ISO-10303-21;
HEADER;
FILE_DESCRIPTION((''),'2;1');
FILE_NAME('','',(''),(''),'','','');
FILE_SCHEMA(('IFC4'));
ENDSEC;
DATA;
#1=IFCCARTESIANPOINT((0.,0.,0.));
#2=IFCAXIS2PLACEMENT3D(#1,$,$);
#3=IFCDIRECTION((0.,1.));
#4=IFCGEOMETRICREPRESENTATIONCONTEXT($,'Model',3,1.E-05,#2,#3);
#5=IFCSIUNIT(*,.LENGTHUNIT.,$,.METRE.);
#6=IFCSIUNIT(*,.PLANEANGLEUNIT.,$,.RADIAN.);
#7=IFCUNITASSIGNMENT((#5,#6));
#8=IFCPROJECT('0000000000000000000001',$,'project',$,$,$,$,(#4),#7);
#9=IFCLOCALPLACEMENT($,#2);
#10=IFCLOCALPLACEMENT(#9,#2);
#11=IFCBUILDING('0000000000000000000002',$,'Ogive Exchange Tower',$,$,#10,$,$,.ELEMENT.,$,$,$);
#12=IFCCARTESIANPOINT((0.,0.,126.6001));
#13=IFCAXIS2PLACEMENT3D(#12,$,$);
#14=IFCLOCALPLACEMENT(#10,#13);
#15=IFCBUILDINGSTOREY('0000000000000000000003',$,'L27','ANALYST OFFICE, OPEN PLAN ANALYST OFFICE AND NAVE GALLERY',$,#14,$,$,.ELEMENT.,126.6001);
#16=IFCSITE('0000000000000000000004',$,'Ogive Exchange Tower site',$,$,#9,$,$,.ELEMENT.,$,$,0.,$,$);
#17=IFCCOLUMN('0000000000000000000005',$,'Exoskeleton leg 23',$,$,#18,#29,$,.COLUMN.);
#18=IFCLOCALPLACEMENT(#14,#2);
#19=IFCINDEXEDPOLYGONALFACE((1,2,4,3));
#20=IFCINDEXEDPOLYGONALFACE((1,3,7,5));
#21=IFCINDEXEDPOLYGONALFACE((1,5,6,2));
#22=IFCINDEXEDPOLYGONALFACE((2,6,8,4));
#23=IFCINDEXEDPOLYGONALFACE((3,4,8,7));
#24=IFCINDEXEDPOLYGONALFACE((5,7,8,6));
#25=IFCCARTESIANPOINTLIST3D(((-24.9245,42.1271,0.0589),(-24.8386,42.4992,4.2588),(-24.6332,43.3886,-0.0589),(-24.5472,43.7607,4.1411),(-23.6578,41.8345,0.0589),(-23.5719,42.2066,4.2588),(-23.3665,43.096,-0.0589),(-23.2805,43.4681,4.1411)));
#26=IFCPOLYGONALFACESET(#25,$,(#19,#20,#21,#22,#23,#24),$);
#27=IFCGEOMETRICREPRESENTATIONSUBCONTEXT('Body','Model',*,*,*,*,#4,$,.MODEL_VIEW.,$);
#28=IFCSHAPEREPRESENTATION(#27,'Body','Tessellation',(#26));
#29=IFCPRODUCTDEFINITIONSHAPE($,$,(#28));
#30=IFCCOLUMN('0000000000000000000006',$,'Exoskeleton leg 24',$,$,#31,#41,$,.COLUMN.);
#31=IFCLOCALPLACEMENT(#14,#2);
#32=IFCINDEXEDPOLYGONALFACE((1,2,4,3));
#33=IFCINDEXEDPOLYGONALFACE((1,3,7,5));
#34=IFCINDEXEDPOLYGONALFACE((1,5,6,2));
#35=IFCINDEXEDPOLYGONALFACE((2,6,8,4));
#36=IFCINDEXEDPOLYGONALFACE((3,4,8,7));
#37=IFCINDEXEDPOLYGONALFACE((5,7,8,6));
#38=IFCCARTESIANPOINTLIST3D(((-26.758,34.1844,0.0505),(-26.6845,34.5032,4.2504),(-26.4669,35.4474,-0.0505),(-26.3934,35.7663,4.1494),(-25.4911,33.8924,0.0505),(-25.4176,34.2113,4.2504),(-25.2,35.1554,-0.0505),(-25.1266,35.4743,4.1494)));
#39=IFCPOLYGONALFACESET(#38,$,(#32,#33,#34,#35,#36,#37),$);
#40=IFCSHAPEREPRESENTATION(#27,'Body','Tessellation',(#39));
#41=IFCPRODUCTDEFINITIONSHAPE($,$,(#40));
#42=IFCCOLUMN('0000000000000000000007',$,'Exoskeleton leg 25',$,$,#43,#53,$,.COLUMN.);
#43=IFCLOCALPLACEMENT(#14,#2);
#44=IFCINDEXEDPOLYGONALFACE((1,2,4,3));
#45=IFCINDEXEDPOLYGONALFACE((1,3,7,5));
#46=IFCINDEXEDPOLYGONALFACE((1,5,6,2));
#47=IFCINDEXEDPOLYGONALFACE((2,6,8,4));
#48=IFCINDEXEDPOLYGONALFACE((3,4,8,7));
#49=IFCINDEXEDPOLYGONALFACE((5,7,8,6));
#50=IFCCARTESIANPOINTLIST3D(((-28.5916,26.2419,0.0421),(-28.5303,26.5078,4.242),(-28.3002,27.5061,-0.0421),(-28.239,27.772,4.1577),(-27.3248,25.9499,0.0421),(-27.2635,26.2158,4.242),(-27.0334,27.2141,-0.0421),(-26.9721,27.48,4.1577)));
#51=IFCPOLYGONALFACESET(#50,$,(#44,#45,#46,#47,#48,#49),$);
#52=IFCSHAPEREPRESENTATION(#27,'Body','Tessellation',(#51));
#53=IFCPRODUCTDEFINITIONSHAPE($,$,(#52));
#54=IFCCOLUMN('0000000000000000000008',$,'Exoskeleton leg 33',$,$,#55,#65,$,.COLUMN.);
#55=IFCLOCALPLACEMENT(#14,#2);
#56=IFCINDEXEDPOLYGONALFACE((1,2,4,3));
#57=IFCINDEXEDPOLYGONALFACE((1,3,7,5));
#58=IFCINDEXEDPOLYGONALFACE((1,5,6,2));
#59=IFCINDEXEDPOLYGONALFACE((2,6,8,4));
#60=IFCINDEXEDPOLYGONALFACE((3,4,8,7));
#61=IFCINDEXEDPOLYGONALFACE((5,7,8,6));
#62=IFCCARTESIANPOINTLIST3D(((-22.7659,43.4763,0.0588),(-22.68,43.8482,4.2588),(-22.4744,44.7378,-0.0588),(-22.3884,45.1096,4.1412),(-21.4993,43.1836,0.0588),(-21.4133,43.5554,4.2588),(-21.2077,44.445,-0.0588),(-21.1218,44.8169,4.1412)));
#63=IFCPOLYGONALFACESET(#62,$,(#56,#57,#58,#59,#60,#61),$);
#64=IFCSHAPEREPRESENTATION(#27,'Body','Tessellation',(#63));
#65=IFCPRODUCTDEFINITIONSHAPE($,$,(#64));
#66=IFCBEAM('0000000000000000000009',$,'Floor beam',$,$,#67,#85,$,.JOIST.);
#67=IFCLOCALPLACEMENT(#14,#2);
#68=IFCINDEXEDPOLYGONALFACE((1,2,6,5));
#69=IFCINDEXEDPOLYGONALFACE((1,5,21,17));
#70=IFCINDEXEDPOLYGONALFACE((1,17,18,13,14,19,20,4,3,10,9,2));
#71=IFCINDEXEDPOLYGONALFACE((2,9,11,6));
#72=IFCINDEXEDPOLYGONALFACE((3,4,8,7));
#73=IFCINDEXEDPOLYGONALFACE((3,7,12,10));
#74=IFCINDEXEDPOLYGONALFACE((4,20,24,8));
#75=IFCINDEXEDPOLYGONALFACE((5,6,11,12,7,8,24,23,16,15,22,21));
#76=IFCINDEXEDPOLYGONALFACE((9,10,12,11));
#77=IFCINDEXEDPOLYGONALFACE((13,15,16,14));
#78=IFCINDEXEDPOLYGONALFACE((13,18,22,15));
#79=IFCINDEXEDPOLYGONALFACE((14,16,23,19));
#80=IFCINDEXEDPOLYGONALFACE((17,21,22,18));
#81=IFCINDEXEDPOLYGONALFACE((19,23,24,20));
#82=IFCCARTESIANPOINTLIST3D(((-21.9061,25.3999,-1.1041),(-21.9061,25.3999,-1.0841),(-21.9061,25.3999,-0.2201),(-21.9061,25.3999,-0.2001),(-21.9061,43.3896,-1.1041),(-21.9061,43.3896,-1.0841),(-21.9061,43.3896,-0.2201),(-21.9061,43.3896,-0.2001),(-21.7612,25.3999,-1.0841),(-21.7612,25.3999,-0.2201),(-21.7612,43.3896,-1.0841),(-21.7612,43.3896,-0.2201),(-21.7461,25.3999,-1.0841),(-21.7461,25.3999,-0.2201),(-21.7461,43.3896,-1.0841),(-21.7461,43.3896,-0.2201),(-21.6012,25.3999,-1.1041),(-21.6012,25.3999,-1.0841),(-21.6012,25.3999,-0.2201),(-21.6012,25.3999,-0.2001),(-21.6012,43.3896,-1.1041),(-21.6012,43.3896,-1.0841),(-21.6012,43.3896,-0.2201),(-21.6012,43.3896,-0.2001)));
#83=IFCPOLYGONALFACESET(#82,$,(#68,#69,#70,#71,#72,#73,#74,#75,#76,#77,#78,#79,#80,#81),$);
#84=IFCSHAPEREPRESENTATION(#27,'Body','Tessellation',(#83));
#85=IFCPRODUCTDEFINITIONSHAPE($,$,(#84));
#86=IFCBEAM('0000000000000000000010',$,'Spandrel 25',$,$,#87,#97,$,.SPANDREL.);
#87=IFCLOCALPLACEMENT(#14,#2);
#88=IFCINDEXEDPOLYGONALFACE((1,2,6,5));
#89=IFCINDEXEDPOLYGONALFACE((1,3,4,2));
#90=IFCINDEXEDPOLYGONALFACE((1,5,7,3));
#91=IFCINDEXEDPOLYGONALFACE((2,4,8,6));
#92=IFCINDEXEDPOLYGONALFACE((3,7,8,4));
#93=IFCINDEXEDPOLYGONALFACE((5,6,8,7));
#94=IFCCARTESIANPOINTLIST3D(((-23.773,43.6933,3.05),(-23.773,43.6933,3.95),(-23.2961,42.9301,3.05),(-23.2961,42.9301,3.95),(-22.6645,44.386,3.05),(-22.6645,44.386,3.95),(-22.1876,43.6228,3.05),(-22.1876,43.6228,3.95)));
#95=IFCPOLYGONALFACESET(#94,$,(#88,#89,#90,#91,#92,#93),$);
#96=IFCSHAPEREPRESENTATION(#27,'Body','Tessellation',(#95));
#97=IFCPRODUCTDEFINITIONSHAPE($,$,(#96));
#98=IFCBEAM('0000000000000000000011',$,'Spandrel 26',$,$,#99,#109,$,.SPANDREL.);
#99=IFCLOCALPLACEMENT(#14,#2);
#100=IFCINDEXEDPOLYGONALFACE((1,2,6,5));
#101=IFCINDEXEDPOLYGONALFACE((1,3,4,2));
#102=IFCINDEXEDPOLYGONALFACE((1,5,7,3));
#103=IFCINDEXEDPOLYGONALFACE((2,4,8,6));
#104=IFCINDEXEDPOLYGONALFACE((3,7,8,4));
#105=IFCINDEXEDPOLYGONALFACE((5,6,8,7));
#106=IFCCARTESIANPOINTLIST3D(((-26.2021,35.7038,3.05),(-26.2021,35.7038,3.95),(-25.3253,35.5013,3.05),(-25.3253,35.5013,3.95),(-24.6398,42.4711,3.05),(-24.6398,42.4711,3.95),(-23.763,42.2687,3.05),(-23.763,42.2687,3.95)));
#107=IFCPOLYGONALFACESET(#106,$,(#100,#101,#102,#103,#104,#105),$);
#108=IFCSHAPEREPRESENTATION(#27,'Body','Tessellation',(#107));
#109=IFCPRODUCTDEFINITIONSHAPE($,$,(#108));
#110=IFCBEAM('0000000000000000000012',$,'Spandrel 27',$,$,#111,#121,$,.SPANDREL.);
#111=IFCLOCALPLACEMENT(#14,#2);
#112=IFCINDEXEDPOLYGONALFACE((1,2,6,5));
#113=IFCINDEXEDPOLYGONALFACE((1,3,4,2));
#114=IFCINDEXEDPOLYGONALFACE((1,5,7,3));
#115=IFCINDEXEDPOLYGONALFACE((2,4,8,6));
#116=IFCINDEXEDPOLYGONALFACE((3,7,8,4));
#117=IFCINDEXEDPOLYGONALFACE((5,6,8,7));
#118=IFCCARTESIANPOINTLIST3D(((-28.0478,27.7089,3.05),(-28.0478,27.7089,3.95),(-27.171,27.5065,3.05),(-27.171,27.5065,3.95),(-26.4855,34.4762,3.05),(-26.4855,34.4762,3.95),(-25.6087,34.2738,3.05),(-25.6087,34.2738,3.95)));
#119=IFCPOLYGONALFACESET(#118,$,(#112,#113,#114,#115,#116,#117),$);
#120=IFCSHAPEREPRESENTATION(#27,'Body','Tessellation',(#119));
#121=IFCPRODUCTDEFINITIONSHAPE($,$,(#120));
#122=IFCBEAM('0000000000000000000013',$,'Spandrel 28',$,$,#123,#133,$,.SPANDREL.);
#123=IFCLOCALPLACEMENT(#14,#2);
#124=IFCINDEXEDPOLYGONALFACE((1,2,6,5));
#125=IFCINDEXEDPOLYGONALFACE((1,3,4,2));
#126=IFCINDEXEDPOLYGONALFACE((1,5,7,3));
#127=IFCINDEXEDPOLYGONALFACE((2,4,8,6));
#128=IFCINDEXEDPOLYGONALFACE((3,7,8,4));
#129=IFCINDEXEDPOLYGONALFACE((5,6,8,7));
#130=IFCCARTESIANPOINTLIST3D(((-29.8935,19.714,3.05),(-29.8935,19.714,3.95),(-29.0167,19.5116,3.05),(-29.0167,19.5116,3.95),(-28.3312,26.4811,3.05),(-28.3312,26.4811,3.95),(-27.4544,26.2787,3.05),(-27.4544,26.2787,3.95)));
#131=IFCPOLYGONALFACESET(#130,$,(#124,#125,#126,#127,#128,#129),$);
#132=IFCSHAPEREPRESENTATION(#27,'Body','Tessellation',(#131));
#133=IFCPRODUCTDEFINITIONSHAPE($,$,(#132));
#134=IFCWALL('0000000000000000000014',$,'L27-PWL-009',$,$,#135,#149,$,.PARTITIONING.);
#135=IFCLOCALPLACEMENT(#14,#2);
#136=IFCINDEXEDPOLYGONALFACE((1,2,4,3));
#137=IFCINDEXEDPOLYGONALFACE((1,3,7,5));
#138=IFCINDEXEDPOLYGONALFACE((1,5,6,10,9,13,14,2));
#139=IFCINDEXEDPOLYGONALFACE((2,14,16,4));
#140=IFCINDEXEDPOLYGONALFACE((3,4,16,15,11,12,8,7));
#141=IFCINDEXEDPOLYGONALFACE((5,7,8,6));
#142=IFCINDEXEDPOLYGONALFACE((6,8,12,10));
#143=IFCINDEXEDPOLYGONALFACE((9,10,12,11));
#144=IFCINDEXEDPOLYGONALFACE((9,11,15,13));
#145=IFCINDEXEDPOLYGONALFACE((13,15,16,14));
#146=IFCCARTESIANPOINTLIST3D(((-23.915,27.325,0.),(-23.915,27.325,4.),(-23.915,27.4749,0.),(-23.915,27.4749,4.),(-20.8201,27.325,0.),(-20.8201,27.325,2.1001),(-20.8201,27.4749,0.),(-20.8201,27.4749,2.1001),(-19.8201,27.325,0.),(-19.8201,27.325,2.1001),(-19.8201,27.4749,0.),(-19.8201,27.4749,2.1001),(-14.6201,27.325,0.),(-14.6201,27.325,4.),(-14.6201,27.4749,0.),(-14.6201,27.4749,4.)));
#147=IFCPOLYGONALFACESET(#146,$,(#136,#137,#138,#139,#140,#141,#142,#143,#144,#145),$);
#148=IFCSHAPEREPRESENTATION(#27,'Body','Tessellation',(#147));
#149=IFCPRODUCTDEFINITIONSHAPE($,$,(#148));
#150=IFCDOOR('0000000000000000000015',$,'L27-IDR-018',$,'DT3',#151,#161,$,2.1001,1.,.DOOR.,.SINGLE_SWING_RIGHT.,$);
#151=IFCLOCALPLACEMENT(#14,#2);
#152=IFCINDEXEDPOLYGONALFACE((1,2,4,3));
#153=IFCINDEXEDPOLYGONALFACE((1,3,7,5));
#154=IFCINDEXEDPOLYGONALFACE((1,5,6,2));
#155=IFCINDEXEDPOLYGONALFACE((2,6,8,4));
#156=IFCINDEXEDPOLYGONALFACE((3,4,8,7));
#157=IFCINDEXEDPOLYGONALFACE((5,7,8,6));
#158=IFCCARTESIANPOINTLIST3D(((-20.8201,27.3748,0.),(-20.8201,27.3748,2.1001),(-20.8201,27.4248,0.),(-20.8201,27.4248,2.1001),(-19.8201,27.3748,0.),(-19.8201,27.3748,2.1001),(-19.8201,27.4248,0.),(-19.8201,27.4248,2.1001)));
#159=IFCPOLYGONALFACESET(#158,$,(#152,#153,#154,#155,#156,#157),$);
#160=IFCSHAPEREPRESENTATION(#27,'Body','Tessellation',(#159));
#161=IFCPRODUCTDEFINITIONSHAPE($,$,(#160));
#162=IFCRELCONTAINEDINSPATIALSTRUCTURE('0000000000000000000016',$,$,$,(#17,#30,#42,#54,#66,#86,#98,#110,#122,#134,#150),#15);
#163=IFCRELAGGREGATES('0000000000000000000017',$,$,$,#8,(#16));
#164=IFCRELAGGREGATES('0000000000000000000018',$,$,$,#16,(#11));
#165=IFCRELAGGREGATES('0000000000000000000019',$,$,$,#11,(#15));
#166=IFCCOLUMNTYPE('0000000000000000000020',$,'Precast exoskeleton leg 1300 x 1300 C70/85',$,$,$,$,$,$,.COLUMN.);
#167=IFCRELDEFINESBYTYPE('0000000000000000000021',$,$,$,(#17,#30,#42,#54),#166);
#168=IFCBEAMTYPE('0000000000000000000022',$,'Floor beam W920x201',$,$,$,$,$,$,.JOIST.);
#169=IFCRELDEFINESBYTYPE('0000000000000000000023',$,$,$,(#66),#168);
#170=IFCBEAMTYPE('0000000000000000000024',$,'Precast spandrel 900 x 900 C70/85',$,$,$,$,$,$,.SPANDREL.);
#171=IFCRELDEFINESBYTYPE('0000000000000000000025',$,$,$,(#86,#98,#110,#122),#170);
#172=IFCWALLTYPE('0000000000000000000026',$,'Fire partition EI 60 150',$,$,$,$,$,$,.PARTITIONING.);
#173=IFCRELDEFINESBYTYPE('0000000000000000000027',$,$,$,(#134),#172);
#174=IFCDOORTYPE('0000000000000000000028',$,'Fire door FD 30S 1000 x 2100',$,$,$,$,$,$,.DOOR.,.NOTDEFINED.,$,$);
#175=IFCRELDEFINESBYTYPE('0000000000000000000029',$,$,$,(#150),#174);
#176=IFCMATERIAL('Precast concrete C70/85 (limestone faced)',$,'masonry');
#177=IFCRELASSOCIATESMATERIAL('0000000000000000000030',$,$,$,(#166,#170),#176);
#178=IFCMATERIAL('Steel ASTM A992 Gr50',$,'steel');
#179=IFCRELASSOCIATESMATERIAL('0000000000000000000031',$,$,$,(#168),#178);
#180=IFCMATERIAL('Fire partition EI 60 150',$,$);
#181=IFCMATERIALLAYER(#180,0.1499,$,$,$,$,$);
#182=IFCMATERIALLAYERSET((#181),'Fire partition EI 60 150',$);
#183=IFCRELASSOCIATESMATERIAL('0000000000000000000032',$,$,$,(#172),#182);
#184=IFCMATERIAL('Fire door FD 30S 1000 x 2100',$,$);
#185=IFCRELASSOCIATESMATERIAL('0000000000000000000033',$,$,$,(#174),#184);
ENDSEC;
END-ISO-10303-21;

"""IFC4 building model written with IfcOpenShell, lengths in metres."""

from ifc_helpers import new_model, si_unit, direction, frame, frame_2d, origin, origin_2d, place, context, subcontext, project, spatial, rectangle, i_section, extrude, material, layer, layer_set, material_profile, profile_set, type_object, element, fill, save


model = new_model("IFC4")

# Units and contexts
model_context = context("Model", 3, precision=1e-05, world=origin(), true_north=direction((0.0, 1.0)))
body_context = subcontext(model_context, "Body", "Model", "MODEL_VIEW")
ifc_project = project(units=[si_unit("LENGTHUNIT", "METRE"), si_unit("PLANEANGLEUNIT", "RADIAN")], contexts=[model_context])

# Site, building, storey
site_placement = place(None, origin())
site = spatial("IfcSite", under=ifc_project, at=site_placement, Name="Ogive Exchange Tower site", CompositionType="ELEMENT", RefElevation=0.0)
building_placement = place(site_placement, origin())
building = spatial("IfcBuilding", under=site, at=building_placement, Name="Ogive Exchange Tower", CompositionType="ELEMENT")
storey_placement = place(building_placement, frame((0.0, 0.0, 126.6001)))
storey = spatial("IfcBuildingStorey", under=building, at=storey_placement, Name="L27", Description="ANALYST OFFICE, OPEN PLAN ANALYST OFFICE AND NAVE GALLERY", CompositionType="ELEMENT", Elevation=126.6001)

# Columns
ifc_material_1 = material(Name="Precast concrete C70/85 (limestone faced)", Category="masonry")
ifc_material_profile_1 = material_profile(ifc_material_1, rectangle(XDim=1.3, YDim=1.3, at=origin_2d()), Name="1300 x 1300")
ifc_profile_set_1 = profile_set([ifc_material_profile_1], Name="Precast concrete C70/85 (limestone faced)")
column_type = type_object("IfcColumnType", Name="Precast exoskeleton leg 1300 x 1300 C70/85", PredefinedType="COLUMN", material=ifc_profile_set_1)
column_1_placement = place(storey_placement, frame((-24.1455, 42.6116, 0.0), z_axis=(0.020377, 0.088225, 0.995892), x_axis=(-0.974348, 0.225046, 0.0)))
element("IfcColumn", 1, at=column_1_placement, inside=storey, type_object=column_type, Name="Exoskeleton leg 23", PredefinedType="COLUMN", context=body_context, shape_type="SweptSolid", body=[
    extrude(rectangle(XDim=1.3, YDim=1.3, at=origin_2d()), origin(), (0.0, 0.0, 1.0), 4.2173),
])
column_2_placement = place(storey_placement, frame((-25.979, 34.6699, 0.0), z_axis=(0.017444, 0.075688, 0.996979), x_axis=(-0.974454, 0.224587, 0.0)))
element("IfcColumn", 2, at=column_2_placement, inside=storey, type_object=column_type, Name="Exoskeleton leg 24", PredefinedType="COLUMN", context=body_context, shape_type="SweptSolid", body=[
    extrude(rectangle(XDim=1.3, YDim=1.3, at=origin_2d()), origin(), (0.0, 0.0, 1.0), 4.2126),
])
column_3_placement = place(storey_placement, frame((-27.8125, 26.728, 0.0), z_axis=(0.01456, 0.06317, 0.997897), x_axis=(-0.974451, 0.224598, 0.0)))
element("IfcColumn", 3, at=column_3_placement, inside=storey, type_object=column_type, Name="Exoskeleton leg 25", PredefinedType="COLUMN", context=body_context, shape_type="SweptSolid", body=[
    extrude(rectangle(XDim=1.3, YDim=1.3, at=origin_2d()), origin(), (0.0, 0.0, 1.0), 4.2087),
])
column_4_placement = place(storey_placement, frame((-21.9868, 43.9607, 0.0), z_axis=(0.020378, 0.088168, 0.995897), x_axis=(-0.974316, 0.225187, 0.0)))
element("IfcColumn", 4, at=column_4_placement, inside=storey, type_object=column_type, Name="Exoskeleton leg 33", PredefinedType="COLUMN", context=body_context, shape_type="SweptSolid", body=[
    extrude(rectangle(XDim=1.3, YDim=1.3, at=origin_2d()), origin(), (0.0, 0.0, 1.0), 4.2173),
])

# Beams
ifc_material_2 = material(Name="Steel ASTM A992 Gr50", Category="steel")
ifc_material_profile_2 = material_profile(ifc_material_2, i_section(OverallWidth=0.3049, OverallDepth=0.9041, WebThickness=0.0151, FlangeThickness=0.02, at=origin_2d()), Name="W920x201")
ifc_profile_set_2 = profile_set([ifc_material_profile_2], Name="Steel ASTM A992 Gr50")
beam_type_1 = type_object("IfcBeamType", Name="Floor beam W920x201", PredefinedType="JOIST", material=ifc_profile_set_2)
beam_1_placement = place(storey_placement, frame((-21.7537, 25.3999, -0.6521), z_axis=(0.0, 1.0, 0.0), x_axis=(-1.0, 0.0, 0.0)))
element("IfcBeam", 5, at=beam_1_placement, inside=storey, type_object=beam_type_1, Name="Floor beam", PredefinedType="JOIST", context=body_context, shape_type="SweptSolid", body=[
    extrude(i_section(OverallWidth=0.3049, OverallDepth=0.9041, WebThickness=0.0151, FlangeThickness=0.02, at=origin_2d()), origin(), (0.0, 0.0, 1.0), 17.9897),
])
ifc_material_profile_3 = material_profile(ifc_material_1, rectangle(XDim=0.8999, YDim=0.8999, at=origin_2d()), Name="900 x 900")
ifc_profile_set_3 = profile_set([ifc_material_profile_3], Name="Precast concrete C70/85 (limestone faced)")
beam_type_2 = type_object("IfcBeamType", Name="Precast spandrel 900 x 900 C70/85", PredefinedType="SPANDREL", material=ifc_profile_set_3)
beam_2_placement = place(storey_placement, frame((-22.426, 44.0044, 3.5), z_axis=(-0.84804, -0.529932, 0.0), x_axis=(0.529932, -0.84804, 0.0)))
element("IfcBeam", 6, at=beam_2_placement, inside=storey, type_object=beam_type_2, Name="Spandrel 25", PredefinedType="SPANDREL", context=body_context, shape_type="SweptSolid", body=[
    extrude(rectangle(XDim=0.8999, YDim=0.8999, at=origin_2d()), origin(), (0.0, 0.0, 1.0), 1.3071),
])
for number, where, z_axis, x_axis, name in (
    (7, (-24.2014, 42.3699, 3.5), (-0.224937, -0.974373, 0.0), (0.974373, -0.224937, 0.0), "Spandrel 26"),
    (8, (-26.0471, 34.375, 3.5), (-0.224937, -0.974373, 0.0), (0.974373, -0.224937, 0.0), "Spandrel 27"),
):
    element("IfcBeam", number, at=place(storey_placement, frame(where, z_axis=z_axis, x_axis=x_axis)), inside=storey, type_object=beam_type_2, Name=name, PredefinedType="SPANDREL", context=body_context, shape_type="SweptSolid", body=[
        extrude(rectangle(XDim=0.8999, YDim=0.8999, at=origin_2d()), origin(), (0.0, 0.0, 1.0), 6.9453),
    ])
beam_3_placement = place(storey_placement, frame((-27.8928, 26.3799, 3.5), z_axis=(-0.224944, -0.974372, 0.0), x_axis=(0.974372, -0.224944, 0.0)))
element("IfcBeam", 9, at=beam_3_placement, inside=storey, type_object=beam_type_2, Name="Spandrel 28", PredefinedType="SPANDREL", context=body_context, shape_type="SweptSolid", body=[
    extrude(rectangle(XDim=0.8999, YDim=0.8999, at=origin_2d()), origin(), (0.0, 0.0, 1.0), 6.9451),
])

# Wall, opening, door
ifc_material_3 = material(Name="Fire partition EI 60 150")
ifc_layer_1 = layer(ifc_material_3, 0.1499)
ifc_layer_set_1 = layer_set([ifc_layer_1], Name="Fire partition EI 60 150")
wall_type_1 = type_object("IfcWallType", Name="Fire partition EI 60 150", PredefinedType="PARTITIONING", material=ifc_layer_set_1)
wall_1_placement = place(storey_placement, frame((-23.915, 27.3999, 0.0), z_axis=(0.0, 0.0, 1.0), x_axis=(1.0, 0.0, 0.0)))
wall_1 = element("IfcWall", 10, at=wall_1_placement, inside=storey, type_object=wall_type_1, Name="L27-PWL-009", PredefinedType="PARTITIONING", context=body_context, shape_type="SweptSolid", body=[
    extrude(rectangle(XDim=9.2949, YDim=0.1499, at=frame_2d((4.6475, 0.0))), origin(), (0.0, 0.0, 1.0), 4.0),
])
opening_1_placement = place(wall_1_placement, frame((3.095, 0.0, 0.0)))
opening_1 = element("IfcOpeningElement", 11, at=opening_1_placement, cuts=wall_1, PredefinedType="OPENING", context=body_context, shape_type="SweptSolid", body=[
    extrude(rectangle(XDim=1.0, YDim=2.1001, at=frame_2d((0.5, 1.05))), frame((0.0, 0.085, 0.0), z_axis=(0.0, -1.0, 0.0), x_axis=(1.0, 0.0, 0.0)), (0.0, 0.0, 1.0), 0.1699),
])
ifc_material_4 = material(Name="Fire door FD 30S 1000 x 2100")
door_type_1 = type_object("IfcDoorType", Name="Fire door FD 30S 1000 x 2100", OperationType="NOTDEFINED", PredefinedType="DOOR", material=ifc_material_4)
door_1_placement = place(opening_1_placement, origin())
door_1 = element("IfcDoor", 12, at=door_1_placement, inside=storey, type_object=door_type_1, Name="L27-IDR-018", ObjectType="DT3", OperationType="SINGLE_SWING_RIGHT", OverallHeight=2.1001, OverallWidth=1.0, PredefinedType="DOOR", context=body_context, shape_type="SweptSolid", body=[
    extrude(rectangle(XDim=1.0, YDim=2.1001, at=frame_2d((0.5, 1.05))), frame((0.0, 0.0249, 0.0), z_axis=(0.0, -1.0, 0.0), x_axis=(1.0, 0.0, 0.0)), (0.0, 0.0, 1.0), 0.05),
])
fill(opening_1, door_1)

save(model, "model.ifc")
